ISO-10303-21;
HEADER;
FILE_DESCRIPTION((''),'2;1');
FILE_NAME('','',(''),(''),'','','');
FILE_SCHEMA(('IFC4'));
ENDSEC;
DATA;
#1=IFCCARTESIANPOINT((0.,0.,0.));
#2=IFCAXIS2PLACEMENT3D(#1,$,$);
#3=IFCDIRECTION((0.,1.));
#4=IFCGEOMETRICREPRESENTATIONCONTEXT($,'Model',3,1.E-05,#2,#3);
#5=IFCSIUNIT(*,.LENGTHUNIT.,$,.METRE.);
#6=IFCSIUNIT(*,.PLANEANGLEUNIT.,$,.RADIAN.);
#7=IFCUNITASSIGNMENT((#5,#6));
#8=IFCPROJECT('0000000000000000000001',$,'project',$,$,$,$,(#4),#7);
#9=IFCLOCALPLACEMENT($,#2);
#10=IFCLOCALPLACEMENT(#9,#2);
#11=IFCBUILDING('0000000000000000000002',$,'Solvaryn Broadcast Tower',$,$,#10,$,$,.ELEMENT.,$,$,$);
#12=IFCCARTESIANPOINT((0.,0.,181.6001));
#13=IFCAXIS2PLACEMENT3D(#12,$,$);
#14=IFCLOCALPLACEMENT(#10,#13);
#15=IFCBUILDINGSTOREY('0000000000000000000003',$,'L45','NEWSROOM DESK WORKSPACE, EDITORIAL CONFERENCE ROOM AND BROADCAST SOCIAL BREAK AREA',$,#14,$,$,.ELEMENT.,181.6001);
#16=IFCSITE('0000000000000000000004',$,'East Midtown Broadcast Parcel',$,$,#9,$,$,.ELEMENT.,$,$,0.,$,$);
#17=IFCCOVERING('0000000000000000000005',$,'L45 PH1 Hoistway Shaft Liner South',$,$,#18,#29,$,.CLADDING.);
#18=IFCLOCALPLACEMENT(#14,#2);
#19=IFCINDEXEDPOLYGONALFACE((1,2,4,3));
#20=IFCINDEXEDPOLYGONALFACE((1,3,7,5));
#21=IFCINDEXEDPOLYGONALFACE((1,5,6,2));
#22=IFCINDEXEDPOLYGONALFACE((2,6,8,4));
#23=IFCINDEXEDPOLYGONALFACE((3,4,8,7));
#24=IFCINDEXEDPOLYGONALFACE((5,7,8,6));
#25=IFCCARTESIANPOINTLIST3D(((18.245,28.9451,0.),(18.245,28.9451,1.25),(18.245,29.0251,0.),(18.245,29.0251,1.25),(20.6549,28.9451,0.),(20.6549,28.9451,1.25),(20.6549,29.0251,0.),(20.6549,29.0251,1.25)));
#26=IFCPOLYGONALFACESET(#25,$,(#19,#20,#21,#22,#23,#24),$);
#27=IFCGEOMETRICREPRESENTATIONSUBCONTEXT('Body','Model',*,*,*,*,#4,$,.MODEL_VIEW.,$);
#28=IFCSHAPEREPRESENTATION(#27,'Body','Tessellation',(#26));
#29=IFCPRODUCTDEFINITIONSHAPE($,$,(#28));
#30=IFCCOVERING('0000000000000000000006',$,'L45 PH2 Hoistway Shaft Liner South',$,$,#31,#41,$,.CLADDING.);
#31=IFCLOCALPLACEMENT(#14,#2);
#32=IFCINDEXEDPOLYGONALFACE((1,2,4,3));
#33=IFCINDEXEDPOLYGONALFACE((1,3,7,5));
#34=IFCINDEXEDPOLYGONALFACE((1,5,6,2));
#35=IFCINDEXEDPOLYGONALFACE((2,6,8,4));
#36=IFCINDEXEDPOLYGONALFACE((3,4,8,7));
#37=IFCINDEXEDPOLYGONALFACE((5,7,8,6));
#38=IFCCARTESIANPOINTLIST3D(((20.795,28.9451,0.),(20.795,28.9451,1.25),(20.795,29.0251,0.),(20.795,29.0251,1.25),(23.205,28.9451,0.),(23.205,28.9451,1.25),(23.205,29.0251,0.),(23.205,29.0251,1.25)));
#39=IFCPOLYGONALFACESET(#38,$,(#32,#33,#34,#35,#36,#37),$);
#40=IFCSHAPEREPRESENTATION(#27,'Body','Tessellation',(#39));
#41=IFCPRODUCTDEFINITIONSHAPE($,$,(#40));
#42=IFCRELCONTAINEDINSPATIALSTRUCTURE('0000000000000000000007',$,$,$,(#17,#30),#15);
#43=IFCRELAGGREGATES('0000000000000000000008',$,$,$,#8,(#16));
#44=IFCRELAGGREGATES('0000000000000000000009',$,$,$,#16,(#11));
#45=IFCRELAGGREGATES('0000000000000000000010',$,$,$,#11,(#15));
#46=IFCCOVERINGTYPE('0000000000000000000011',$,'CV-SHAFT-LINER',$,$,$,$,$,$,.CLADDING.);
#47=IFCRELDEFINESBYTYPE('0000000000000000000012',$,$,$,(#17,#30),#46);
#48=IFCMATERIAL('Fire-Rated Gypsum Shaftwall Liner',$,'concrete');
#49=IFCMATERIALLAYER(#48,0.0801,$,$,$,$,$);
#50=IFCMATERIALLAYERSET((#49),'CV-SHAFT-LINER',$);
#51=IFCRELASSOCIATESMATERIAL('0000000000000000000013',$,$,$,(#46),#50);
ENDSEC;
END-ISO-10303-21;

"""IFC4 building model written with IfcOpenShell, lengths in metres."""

from ifc_helpers import new_model, si_unit, direction, frame, origin, origin_2d, place, context, subcontext, project, spatial, rectangle, extrude, material, layer, layer_set, type_object, element, save


model = new_model("IFC4")

# Units and contexts
model_context = context("Model", 3, precision=1e-05, world=origin(), true_north=direction((0.0, 1.0)))
body_context = subcontext(model_context, "Body", "Model", "MODEL_VIEW")
ifc_project = project(units=[si_unit("LENGTHUNIT", "METRE"), si_unit("PLANEANGLEUNIT", "RADIAN")], contexts=[model_context])

# Site, building, storey
site_placement = place(None, origin())
site = spatial("IfcSite", under=ifc_project, at=site_placement, Name="East Midtown Broadcast Parcel", CompositionType="ELEMENT", RefElevation=0.0)
building_placement = place(site_placement, origin())
building = spatial("IfcBuilding", under=site, at=building_placement, Name="Solvaryn Broadcast Tower", CompositionType="ELEMENT")
storey_placement = place(building_placement, frame((0.0, 0.0, 181.6001)))
storey = spatial("IfcBuildingStorey", under=building, at=storey_placement, Name="L45", Description="NEWSROOM DESK WORKSPACE, EDITORIAL CONFERENCE ROOM AND BROADCAST SOCIAL BREAK AREA", CompositionType="ELEMENT", Elevation=181.6001)

# Coverings
ifc_material_1 = material(Name="Fire-Rated Gypsum Shaftwall Liner", Category="concrete")
ifc_layer_1 = layer(ifc_material_1, 0.0801)
ifc_layer_set_1 = layer_set([ifc_layer_1], Name="CV-SHAFT-LINER")
covering_type = type_object("IfcCoveringType", Name="CV-SHAFT-LINER", PredefinedType="CLADDING", material=ifc_layer_set_1)
for number, where, z_axis, x_axis, name in (
    (1, (19.45, 28.9851, 0.0), (0.0, 0.0, 1.0), (1.0, 0.0, 0.0), "L45 PH1 Hoistway Shaft Liner South"),
    (2, (22.0, 28.9851, 0.0), (0.0, 0.0, 1.0), (1.0, 0.0, 0.0), "L45 PH2 Hoistway Shaft Liner South"),
):
    element("IfcCovering", number, at=place(storey_placement, frame(where, z_axis=z_axis, x_axis=x_axis)), inside=storey, type_object=covering_type, Name=name, PredefinedType="CLADDING", context=body_context, shape_type="SweptSolid", body=[
        extrude(rectangle(XDim=2.4099, YDim=0.0801, at=origin_2d()), origin(), (0.0, 0.0, 1.0), 1.25),
    ])

save(model, "model.ifc")
